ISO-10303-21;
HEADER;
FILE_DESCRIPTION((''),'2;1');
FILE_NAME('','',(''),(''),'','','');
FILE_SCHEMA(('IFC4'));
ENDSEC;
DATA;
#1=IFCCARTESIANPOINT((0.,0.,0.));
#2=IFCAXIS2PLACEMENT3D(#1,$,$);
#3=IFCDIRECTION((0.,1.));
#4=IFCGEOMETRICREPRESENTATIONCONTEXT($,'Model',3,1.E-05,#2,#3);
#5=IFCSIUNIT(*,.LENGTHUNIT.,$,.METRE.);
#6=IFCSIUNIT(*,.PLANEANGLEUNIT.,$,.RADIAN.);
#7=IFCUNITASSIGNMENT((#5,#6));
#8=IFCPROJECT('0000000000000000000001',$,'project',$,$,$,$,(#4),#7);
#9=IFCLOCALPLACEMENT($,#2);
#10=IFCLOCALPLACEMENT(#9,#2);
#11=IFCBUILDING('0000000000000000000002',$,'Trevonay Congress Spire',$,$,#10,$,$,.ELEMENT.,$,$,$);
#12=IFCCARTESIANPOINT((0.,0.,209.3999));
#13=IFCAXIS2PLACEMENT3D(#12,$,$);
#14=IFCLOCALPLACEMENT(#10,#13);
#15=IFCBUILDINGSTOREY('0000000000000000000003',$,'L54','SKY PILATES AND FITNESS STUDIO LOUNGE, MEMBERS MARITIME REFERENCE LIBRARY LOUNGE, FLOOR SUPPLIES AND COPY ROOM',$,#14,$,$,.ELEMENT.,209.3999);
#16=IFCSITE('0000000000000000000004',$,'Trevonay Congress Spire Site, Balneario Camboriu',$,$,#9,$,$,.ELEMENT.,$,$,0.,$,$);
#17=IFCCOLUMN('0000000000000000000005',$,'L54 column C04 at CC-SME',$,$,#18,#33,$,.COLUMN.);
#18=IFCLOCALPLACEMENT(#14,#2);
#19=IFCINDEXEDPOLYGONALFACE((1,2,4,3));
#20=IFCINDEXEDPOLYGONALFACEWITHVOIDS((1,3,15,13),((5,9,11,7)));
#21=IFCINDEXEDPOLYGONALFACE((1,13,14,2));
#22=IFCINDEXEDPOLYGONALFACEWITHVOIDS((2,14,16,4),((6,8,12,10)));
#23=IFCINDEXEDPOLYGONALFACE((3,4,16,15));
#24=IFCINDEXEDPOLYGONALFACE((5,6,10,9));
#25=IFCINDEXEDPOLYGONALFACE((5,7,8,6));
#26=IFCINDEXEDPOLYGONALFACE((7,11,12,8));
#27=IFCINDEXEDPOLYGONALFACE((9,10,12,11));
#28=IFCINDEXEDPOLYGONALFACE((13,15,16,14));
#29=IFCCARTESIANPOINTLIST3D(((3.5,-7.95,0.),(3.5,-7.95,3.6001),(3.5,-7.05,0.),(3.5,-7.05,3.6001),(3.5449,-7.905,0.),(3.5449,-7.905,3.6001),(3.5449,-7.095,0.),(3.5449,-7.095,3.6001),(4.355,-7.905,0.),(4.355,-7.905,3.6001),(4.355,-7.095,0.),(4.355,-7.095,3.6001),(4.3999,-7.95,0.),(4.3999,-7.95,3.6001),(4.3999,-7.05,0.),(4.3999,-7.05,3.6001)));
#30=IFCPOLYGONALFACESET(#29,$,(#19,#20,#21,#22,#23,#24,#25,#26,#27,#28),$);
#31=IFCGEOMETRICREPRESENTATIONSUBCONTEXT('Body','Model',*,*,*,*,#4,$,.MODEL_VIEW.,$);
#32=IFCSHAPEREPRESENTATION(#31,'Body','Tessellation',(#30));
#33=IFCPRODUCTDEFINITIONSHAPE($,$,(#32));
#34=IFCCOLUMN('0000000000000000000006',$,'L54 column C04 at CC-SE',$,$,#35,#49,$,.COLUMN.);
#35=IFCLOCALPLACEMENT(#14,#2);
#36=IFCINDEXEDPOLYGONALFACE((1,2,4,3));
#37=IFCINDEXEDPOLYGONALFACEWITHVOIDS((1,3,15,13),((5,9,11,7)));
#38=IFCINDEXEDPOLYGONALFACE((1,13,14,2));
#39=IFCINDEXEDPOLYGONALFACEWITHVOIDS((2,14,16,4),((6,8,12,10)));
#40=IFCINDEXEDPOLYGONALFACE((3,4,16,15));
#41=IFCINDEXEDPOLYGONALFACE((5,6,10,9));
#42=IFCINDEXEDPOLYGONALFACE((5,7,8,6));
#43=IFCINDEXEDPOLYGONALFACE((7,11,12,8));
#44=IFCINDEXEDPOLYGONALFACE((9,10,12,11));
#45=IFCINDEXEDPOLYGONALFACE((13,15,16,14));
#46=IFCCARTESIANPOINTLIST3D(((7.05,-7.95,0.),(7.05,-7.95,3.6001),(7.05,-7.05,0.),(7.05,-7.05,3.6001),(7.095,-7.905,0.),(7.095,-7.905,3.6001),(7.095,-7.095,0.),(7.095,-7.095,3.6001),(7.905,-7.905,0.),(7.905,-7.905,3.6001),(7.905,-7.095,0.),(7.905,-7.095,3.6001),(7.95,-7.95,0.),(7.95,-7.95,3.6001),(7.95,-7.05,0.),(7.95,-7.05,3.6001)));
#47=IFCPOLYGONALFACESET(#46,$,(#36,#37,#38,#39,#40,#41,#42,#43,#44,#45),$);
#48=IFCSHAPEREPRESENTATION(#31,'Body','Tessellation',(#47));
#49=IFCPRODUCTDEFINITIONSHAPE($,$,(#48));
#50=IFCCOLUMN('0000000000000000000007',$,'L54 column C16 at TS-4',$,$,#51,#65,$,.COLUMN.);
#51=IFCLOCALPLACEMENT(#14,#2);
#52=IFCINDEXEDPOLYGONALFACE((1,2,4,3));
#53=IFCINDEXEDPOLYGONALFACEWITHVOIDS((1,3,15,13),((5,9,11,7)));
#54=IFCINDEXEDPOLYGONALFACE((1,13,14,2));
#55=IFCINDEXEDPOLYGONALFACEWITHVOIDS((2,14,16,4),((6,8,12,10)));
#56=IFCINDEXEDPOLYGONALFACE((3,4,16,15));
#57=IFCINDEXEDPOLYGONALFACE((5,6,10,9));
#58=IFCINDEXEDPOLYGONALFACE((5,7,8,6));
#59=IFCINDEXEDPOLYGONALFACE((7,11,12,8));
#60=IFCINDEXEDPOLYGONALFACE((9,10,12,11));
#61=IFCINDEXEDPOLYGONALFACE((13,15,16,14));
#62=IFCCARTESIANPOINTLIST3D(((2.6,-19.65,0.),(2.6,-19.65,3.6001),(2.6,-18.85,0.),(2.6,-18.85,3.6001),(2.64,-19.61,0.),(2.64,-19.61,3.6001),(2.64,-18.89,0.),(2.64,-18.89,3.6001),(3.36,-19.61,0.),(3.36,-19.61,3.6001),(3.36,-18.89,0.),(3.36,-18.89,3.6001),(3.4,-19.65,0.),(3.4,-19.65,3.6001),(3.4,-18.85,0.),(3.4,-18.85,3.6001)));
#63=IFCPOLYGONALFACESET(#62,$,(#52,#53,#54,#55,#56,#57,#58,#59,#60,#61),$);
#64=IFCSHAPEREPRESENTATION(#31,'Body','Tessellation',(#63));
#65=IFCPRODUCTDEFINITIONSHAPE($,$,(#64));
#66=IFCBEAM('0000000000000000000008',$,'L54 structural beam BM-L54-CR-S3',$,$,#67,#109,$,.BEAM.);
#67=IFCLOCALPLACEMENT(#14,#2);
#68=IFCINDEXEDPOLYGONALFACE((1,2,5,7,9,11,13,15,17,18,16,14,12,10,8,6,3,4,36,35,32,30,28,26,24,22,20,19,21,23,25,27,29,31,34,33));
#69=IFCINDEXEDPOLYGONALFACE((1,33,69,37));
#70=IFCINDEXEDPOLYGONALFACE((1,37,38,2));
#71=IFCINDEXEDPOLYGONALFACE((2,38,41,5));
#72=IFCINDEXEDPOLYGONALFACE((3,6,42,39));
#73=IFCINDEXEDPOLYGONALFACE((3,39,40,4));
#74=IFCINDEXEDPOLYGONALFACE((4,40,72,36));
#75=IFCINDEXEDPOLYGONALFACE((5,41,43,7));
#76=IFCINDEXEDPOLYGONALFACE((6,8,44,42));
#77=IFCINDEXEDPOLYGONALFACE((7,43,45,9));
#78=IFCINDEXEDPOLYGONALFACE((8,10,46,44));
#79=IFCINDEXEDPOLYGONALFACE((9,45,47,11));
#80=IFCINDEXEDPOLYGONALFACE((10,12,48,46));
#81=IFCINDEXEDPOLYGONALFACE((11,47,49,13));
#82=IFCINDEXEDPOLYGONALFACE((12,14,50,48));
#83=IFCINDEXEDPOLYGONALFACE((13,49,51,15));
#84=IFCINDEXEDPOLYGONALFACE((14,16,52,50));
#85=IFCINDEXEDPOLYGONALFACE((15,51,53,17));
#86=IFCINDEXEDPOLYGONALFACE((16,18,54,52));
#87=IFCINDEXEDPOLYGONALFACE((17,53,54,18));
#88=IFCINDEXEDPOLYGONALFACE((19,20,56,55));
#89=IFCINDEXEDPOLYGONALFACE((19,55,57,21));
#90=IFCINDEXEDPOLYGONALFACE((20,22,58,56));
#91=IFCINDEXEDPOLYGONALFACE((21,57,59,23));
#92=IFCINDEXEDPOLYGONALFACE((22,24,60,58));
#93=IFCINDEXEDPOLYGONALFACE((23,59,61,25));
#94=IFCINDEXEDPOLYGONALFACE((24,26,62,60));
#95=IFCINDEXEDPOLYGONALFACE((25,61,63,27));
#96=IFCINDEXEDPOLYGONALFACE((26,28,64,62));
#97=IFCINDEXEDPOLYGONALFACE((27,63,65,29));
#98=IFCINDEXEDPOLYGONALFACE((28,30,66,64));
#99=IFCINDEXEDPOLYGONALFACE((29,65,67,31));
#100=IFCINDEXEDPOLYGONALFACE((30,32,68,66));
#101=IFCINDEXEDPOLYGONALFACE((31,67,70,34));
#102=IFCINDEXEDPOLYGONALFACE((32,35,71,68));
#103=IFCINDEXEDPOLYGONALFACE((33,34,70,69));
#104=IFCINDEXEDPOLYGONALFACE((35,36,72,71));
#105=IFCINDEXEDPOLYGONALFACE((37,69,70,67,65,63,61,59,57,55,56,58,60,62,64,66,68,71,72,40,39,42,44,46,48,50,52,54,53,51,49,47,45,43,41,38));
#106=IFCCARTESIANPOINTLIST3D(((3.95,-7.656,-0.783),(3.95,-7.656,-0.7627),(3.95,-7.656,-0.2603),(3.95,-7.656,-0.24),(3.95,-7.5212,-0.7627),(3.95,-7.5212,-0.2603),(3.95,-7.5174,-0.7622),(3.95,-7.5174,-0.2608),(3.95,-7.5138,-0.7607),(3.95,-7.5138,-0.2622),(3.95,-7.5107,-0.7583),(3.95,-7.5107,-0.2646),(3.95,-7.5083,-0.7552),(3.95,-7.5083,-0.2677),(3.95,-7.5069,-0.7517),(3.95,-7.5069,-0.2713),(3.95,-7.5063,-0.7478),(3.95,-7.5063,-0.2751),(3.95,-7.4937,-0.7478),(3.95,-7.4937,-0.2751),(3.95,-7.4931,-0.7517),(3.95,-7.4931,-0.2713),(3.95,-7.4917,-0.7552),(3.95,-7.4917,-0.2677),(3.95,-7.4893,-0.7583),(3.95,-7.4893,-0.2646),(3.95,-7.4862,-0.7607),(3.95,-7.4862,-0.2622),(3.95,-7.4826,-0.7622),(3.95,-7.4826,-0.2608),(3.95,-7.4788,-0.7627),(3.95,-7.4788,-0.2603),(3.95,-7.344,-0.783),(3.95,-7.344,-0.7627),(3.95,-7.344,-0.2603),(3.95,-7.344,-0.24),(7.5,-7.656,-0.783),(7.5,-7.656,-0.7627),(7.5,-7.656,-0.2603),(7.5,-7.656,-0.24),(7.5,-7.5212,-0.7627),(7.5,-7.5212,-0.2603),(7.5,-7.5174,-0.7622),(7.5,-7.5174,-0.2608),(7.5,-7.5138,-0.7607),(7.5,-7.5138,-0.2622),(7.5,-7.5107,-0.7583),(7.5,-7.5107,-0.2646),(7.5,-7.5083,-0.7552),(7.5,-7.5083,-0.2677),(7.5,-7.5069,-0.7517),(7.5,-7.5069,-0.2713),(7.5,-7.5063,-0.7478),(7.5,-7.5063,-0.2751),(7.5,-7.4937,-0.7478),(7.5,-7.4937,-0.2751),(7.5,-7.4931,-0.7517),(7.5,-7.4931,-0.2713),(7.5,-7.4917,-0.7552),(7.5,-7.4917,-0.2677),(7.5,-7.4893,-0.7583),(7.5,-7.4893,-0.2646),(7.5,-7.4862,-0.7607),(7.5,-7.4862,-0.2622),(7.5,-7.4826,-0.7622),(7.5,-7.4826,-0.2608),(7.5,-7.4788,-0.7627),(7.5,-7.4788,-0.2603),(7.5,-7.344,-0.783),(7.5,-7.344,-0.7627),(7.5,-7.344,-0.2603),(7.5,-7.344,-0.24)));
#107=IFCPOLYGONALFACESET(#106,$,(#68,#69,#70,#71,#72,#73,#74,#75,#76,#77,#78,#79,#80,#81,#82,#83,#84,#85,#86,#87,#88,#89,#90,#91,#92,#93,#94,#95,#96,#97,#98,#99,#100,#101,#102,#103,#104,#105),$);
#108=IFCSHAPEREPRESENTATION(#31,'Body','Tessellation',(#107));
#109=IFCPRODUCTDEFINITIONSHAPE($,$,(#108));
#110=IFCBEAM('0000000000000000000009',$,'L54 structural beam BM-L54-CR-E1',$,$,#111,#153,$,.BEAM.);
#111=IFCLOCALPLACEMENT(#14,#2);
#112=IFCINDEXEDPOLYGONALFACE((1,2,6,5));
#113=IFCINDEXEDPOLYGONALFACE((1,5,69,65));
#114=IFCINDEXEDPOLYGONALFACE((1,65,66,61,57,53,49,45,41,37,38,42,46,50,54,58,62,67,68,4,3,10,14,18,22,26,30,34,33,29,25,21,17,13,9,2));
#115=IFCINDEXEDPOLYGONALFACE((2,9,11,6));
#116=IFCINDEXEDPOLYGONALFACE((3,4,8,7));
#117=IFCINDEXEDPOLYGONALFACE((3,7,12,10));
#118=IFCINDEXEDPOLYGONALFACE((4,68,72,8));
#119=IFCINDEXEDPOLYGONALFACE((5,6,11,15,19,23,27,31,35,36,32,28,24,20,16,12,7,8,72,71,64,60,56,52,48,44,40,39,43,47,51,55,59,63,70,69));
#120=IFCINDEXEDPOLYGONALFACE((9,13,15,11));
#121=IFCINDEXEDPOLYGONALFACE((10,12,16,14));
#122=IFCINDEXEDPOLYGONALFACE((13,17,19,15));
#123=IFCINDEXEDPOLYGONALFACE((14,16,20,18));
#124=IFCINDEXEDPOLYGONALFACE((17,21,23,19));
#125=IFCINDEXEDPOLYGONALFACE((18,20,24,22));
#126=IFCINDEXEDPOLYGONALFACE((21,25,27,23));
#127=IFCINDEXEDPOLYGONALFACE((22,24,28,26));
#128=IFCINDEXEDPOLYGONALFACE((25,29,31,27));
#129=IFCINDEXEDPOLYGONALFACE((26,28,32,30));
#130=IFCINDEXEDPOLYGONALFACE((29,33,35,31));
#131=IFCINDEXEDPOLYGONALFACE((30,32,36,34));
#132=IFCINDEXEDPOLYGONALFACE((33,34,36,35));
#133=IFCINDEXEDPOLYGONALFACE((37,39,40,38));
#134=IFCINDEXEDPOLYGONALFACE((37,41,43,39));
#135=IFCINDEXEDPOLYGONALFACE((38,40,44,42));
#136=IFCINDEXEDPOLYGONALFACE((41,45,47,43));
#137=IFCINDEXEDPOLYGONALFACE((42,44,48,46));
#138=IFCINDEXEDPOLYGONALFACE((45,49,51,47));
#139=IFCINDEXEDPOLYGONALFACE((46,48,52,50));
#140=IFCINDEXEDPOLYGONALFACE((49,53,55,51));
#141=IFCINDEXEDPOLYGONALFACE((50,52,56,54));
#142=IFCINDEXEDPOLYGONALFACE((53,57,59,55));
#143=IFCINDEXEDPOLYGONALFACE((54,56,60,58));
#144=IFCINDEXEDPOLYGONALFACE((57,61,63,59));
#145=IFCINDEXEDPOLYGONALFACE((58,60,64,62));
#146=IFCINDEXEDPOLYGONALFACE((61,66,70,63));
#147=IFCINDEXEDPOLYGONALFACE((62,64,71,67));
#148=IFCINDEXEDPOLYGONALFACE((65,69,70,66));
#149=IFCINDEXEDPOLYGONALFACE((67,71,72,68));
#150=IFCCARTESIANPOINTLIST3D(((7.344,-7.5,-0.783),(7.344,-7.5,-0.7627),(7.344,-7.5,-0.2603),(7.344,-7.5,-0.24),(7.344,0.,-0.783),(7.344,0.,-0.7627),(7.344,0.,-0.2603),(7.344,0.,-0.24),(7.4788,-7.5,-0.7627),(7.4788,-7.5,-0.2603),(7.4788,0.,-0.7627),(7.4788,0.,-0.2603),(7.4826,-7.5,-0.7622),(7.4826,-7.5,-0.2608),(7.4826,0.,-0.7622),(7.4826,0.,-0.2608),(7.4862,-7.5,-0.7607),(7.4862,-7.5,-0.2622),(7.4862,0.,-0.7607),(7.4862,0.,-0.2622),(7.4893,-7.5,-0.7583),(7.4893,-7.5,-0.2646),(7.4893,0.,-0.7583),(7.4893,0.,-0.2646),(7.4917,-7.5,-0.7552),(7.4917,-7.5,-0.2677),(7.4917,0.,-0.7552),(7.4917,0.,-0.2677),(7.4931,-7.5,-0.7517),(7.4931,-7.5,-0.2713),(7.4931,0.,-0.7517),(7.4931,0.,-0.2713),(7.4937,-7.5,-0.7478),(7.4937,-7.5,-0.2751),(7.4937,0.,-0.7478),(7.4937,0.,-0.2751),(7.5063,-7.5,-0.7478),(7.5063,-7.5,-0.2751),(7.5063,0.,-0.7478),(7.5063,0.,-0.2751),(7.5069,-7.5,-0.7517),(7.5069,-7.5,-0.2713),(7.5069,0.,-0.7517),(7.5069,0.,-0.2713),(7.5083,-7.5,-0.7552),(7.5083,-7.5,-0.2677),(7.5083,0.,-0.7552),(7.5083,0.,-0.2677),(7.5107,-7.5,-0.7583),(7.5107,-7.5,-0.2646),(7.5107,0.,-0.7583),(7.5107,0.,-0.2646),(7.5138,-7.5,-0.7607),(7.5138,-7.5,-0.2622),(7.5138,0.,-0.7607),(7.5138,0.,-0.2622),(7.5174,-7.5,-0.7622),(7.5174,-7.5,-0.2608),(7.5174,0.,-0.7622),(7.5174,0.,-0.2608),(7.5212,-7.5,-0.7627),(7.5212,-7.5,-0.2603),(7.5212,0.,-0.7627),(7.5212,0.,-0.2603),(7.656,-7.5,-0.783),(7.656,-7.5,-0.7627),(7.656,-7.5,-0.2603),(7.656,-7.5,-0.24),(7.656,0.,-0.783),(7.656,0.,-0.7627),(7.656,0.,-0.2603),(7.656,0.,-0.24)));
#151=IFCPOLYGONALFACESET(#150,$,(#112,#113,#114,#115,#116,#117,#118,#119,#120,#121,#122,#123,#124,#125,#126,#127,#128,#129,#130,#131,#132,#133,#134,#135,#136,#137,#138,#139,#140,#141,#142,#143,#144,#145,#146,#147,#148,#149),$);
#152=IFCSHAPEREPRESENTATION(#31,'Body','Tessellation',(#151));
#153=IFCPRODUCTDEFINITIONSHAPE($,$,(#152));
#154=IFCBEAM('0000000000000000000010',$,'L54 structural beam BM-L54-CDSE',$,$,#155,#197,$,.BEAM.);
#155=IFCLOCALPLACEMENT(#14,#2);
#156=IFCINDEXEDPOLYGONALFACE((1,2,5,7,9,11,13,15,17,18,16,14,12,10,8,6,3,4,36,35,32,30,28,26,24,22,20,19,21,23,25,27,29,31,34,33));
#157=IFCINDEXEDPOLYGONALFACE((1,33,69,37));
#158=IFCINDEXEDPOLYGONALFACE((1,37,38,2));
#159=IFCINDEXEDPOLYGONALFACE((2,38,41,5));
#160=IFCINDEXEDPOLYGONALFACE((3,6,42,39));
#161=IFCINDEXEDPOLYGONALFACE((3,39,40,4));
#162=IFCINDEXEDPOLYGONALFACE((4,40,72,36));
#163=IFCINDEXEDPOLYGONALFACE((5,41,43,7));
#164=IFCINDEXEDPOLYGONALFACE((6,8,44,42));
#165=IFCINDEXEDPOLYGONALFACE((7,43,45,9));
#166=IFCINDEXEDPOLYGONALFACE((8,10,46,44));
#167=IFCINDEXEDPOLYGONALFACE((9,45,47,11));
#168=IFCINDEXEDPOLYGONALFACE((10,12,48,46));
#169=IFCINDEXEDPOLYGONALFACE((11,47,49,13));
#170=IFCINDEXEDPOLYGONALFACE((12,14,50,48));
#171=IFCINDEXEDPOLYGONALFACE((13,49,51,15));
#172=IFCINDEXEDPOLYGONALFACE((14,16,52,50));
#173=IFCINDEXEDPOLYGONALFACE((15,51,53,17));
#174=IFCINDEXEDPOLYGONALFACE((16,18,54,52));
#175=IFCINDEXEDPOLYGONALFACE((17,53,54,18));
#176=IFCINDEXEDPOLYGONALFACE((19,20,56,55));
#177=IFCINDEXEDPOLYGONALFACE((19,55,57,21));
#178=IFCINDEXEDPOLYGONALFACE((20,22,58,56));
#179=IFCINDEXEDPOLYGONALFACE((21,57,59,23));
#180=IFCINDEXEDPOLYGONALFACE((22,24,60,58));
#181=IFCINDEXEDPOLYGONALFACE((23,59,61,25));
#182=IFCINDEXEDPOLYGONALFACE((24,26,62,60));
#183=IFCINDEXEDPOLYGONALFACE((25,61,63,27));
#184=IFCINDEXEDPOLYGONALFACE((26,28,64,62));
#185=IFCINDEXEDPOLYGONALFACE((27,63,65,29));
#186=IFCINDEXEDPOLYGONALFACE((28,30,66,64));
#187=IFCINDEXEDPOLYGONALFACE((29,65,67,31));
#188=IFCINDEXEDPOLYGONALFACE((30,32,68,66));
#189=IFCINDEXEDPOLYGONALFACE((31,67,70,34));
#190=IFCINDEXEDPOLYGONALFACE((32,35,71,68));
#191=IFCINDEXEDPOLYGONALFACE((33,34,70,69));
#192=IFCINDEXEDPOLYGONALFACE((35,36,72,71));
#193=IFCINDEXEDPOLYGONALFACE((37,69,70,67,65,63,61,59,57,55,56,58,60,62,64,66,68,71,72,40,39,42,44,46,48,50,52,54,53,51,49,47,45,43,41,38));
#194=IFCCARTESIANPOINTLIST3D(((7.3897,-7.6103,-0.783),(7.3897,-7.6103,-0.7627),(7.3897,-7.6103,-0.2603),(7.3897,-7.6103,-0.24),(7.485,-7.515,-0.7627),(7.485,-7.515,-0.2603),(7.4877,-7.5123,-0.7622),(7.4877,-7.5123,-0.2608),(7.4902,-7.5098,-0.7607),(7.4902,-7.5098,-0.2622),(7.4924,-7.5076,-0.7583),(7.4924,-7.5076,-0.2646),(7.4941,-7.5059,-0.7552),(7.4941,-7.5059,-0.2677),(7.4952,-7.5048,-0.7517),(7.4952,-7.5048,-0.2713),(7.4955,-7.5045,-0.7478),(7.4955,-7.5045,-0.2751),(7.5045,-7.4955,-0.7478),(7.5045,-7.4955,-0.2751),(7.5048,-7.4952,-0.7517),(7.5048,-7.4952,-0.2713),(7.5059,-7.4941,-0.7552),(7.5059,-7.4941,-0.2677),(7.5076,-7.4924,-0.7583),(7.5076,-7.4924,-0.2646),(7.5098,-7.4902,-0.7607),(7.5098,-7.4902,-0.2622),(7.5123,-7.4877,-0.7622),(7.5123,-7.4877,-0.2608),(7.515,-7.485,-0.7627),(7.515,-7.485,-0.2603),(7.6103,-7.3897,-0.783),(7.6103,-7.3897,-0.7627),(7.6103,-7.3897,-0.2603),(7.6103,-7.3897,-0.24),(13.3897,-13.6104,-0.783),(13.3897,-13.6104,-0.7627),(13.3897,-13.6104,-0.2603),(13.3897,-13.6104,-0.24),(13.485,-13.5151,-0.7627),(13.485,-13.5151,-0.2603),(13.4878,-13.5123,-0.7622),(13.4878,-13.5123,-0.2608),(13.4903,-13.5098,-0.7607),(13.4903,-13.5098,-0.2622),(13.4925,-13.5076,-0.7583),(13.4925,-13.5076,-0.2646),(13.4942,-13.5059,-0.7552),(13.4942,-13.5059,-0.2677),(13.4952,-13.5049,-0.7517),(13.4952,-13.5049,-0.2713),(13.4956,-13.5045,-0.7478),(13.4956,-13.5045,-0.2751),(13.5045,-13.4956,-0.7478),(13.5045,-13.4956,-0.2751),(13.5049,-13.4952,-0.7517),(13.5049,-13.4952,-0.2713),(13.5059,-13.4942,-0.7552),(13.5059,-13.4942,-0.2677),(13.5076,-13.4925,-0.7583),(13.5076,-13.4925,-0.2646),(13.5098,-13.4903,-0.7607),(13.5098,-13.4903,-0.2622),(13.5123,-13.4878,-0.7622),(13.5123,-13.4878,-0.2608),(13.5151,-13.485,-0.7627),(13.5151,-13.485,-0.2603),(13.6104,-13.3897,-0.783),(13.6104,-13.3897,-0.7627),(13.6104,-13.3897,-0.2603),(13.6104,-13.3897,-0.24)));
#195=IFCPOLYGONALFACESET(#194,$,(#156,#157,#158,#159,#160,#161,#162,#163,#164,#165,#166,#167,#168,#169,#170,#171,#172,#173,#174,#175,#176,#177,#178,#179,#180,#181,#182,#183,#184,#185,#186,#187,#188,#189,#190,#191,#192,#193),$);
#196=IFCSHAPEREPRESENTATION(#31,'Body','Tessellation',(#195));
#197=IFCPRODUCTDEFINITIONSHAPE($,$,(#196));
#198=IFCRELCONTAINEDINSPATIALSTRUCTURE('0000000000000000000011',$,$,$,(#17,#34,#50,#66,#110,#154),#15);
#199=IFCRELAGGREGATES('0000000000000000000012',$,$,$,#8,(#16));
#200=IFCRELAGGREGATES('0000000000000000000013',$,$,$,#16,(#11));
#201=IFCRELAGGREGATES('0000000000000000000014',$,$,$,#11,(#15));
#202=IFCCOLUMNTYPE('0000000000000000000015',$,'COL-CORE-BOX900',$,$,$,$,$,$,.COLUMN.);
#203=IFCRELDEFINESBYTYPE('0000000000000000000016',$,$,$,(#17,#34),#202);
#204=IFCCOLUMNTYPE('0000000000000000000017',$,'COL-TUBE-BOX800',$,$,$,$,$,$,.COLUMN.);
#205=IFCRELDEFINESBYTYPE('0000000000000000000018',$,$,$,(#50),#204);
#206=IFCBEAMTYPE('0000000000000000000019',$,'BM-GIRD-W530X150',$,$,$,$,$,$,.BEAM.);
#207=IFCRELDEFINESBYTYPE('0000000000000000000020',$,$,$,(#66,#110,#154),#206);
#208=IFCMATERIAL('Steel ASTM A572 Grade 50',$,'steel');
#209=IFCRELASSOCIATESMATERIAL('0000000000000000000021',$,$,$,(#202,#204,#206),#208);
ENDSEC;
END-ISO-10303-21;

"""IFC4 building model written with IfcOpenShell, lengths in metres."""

from ifc_helpers import new_model, si_unit, direction, frame, origin, origin_2d, place, context, subcontext, project, spatial, hollow_rectangle, i_section, extrude, material, material_profile, profile_set, type_object, element, save


model = new_model("IFC4")

# Units and contexts
model_context = context("Model", 3, precision=1e-05, world=origin(), true_north=direction((0.0, 1.0)))
body_context = subcontext(model_context, "Body", "Model", "MODEL_VIEW")
ifc_project = project(units=[si_unit("LENGTHUNIT", "METRE"), si_unit("PLANEANGLEUNIT", "RADIAN")], contexts=[model_context])

# Site, building, storey
site_placement = place(None, origin())
site = spatial("IfcSite", under=ifc_project, at=site_placement, Name="Trevonay Congress Spire Site, Balneario Camboriu", CompositionType="ELEMENT", RefElevation=0.0)
building_placement = place(site_placement, origin())
building = spatial("IfcBuilding", under=site, at=building_placement, Name="Trevonay Congress Spire", CompositionType="ELEMENT")
storey_placement = place(building_placement, frame((0.0, 0.0, 209.3999)))
storey = spatial("IfcBuildingStorey", under=building, at=storey_placement, Name="L54", Description="SKY PILATES AND FITNESS STUDIO LOUNGE, MEMBERS MARITIME REFERENCE LIBRARY LOUNGE, FLOOR SUPPLIES AND COPY ROOM", CompositionType="ELEMENT", Elevation=209.3999)

# Columns
ifc_material_1 = material(Name="Steel ASTM A572 Grade 50", Category="steel")
ifc_material_profile_1 = material_profile(ifc_material_1, hollow_rectangle(XDim=0.8999, YDim=0.8999, WallThickness=0.0449, at=origin_2d()), Name="BOX 900x900x45")
ifc_profile_set_1 = profile_set([ifc_material_profile_1], Name="Steel ASTM A572 Grade 50")
column_type_1 = type_object("IfcColumnType", Name="COL-CORE-BOX900", PredefinedType="COLUMN", material=ifc_profile_set_1)
for number, where, z_axis, x_axis, name in (
    (1, (3.95, -7.5, 0.0), (0.0, 0.0, 1.0), (1.0, 0.0, 0.0), "L54 column C04 at CC-SME"),
    (2, (7.5, -7.5, 0.0), (0.0, 0.0, 1.0), (1.0, 0.0, 0.0), "L54 column C04 at CC-SE"),
):
    element("IfcColumn", number, at=place(storey_placement, frame(where, z_axis=z_axis, x_axis=x_axis)), inside=storey, type_object=column_type_1, Name=name, PredefinedType="COLUMN", context=body_context, shape_type="SweptSolid", body=[
        extrude(hollow_rectangle(XDim=0.8999, YDim=0.8999, WallThickness=0.0449, at=origin_2d()), origin(), (0.0, 0.0, 1.0), 3.6001),
    ])
ifc_material_profile_2 = material_profile(ifc_material_1, hollow_rectangle(XDim=0.8, YDim=0.8, WallThickness=0.04, at=origin_2d()), Name="BOX 800x800x40")
ifc_profile_set_2 = profile_set([ifc_material_profile_2], Name="Steel ASTM A572 Grade 50")
column_type_2 = type_object("IfcColumnType", Name="COL-TUBE-BOX800", PredefinedType="COLUMN", material=ifc_profile_set_2)
column_placement = place(storey_placement, frame((3.0, -19.25, 0.0), z_axis=(0.0, 0.0, 1.0), x_axis=(1.0, 0.0, 0.0)))
element("IfcColumn", 3, at=column_placement, inside=storey, type_object=column_type_2, Name="L54 column C16 at TS-4", PredefinedType="COLUMN", context=body_context, shape_type="SweptSolid", body=[
    extrude(hollow_rectangle(XDim=0.8, YDim=0.8, WallThickness=0.04, at=origin_2d()), origin(), (0.0, 0.0, 1.0), 3.6001),
])

# Beams
ifc_material_profile_3 = material_profile(ifc_material_1, i_section(OverallWidth=0.312, OverallDepth=0.543, WebThickness=0.0127, FlangeThickness=0.0203, FilletRadius=0.0149, at=origin_2d()), Name="W530x150")
ifc_profile_set_3 = profile_set([ifc_material_profile_3], Name="Steel ASTM A572 Grade 50")
beam_type_1 = type_object("IfcBeamType", Name="BM-GIRD-W530X150", PredefinedType="BEAM", material=ifc_profile_set_3)
beam_1_placement = place(storey_placement, frame((3.95, -7.5, -0.5115), z_axis=(1.0, 0.0, 0.0), x_axis=(0.0, 1.0, 0.0)))
element("IfcBeam", 4, at=beam_1_placement, inside=storey, type_object=beam_type_1, Name="L54 structural beam BM-L54-CR-S3", PredefinedType="BEAM", context=body_context, shape_type="SweptSolid", body=[
    extrude(i_section(OverallWidth=0.312, OverallDepth=0.543, WebThickness=0.0127, FlangeThickness=0.0203, FilletRadius=0.0149, at=origin_2d()), origin(), (0.0, 0.0, 1.0), 3.55),
])
beam_2_placement = place(storey_placement, frame((7.5, -7.5, -0.5115), z_axis=(0.0, 1.0, 0.0), x_axis=(-1.0, 0.0, 0.0)))
element("IfcBeam", 5, at=beam_2_placement, inside=storey, type_object=beam_type_1, Name="L54 structural beam BM-L54-CR-E1", PredefinedType="BEAM", context=body_context, shape_type="SweptSolid", body=[
    extrude(i_section(OverallWidth=0.312, OverallDepth=0.543, WebThickness=0.0127, FlangeThickness=0.0203, FilletRadius=0.0149, at=origin_2d()), origin(), (0.0, 0.0, 1.0), 7.5),
])
beam_3_placement = place(storey_placement, frame((7.5, -7.5, -0.5115), z_axis=(0.707107, -0.707107, 0.0), x_axis=(0.707107, 0.707107, 0.0)))
element("IfcBeam", 6, at=beam_3_placement, inside=storey, type_object=beam_type_1, Name="L54 structural beam BM-L54-CDSE", PredefinedType="BEAM", context=body_context, shape_type="SweptSolid", body=[
    extrude(i_section(OverallWidth=0.312, OverallDepth=0.543, WebThickness=0.0127, FlangeThickness=0.0203, FilletRadius=0.0149, at=origin_2d()), origin(), (0.0, 0.0, 1.0), 8.4854),
])

save(model, "model.ifc")
